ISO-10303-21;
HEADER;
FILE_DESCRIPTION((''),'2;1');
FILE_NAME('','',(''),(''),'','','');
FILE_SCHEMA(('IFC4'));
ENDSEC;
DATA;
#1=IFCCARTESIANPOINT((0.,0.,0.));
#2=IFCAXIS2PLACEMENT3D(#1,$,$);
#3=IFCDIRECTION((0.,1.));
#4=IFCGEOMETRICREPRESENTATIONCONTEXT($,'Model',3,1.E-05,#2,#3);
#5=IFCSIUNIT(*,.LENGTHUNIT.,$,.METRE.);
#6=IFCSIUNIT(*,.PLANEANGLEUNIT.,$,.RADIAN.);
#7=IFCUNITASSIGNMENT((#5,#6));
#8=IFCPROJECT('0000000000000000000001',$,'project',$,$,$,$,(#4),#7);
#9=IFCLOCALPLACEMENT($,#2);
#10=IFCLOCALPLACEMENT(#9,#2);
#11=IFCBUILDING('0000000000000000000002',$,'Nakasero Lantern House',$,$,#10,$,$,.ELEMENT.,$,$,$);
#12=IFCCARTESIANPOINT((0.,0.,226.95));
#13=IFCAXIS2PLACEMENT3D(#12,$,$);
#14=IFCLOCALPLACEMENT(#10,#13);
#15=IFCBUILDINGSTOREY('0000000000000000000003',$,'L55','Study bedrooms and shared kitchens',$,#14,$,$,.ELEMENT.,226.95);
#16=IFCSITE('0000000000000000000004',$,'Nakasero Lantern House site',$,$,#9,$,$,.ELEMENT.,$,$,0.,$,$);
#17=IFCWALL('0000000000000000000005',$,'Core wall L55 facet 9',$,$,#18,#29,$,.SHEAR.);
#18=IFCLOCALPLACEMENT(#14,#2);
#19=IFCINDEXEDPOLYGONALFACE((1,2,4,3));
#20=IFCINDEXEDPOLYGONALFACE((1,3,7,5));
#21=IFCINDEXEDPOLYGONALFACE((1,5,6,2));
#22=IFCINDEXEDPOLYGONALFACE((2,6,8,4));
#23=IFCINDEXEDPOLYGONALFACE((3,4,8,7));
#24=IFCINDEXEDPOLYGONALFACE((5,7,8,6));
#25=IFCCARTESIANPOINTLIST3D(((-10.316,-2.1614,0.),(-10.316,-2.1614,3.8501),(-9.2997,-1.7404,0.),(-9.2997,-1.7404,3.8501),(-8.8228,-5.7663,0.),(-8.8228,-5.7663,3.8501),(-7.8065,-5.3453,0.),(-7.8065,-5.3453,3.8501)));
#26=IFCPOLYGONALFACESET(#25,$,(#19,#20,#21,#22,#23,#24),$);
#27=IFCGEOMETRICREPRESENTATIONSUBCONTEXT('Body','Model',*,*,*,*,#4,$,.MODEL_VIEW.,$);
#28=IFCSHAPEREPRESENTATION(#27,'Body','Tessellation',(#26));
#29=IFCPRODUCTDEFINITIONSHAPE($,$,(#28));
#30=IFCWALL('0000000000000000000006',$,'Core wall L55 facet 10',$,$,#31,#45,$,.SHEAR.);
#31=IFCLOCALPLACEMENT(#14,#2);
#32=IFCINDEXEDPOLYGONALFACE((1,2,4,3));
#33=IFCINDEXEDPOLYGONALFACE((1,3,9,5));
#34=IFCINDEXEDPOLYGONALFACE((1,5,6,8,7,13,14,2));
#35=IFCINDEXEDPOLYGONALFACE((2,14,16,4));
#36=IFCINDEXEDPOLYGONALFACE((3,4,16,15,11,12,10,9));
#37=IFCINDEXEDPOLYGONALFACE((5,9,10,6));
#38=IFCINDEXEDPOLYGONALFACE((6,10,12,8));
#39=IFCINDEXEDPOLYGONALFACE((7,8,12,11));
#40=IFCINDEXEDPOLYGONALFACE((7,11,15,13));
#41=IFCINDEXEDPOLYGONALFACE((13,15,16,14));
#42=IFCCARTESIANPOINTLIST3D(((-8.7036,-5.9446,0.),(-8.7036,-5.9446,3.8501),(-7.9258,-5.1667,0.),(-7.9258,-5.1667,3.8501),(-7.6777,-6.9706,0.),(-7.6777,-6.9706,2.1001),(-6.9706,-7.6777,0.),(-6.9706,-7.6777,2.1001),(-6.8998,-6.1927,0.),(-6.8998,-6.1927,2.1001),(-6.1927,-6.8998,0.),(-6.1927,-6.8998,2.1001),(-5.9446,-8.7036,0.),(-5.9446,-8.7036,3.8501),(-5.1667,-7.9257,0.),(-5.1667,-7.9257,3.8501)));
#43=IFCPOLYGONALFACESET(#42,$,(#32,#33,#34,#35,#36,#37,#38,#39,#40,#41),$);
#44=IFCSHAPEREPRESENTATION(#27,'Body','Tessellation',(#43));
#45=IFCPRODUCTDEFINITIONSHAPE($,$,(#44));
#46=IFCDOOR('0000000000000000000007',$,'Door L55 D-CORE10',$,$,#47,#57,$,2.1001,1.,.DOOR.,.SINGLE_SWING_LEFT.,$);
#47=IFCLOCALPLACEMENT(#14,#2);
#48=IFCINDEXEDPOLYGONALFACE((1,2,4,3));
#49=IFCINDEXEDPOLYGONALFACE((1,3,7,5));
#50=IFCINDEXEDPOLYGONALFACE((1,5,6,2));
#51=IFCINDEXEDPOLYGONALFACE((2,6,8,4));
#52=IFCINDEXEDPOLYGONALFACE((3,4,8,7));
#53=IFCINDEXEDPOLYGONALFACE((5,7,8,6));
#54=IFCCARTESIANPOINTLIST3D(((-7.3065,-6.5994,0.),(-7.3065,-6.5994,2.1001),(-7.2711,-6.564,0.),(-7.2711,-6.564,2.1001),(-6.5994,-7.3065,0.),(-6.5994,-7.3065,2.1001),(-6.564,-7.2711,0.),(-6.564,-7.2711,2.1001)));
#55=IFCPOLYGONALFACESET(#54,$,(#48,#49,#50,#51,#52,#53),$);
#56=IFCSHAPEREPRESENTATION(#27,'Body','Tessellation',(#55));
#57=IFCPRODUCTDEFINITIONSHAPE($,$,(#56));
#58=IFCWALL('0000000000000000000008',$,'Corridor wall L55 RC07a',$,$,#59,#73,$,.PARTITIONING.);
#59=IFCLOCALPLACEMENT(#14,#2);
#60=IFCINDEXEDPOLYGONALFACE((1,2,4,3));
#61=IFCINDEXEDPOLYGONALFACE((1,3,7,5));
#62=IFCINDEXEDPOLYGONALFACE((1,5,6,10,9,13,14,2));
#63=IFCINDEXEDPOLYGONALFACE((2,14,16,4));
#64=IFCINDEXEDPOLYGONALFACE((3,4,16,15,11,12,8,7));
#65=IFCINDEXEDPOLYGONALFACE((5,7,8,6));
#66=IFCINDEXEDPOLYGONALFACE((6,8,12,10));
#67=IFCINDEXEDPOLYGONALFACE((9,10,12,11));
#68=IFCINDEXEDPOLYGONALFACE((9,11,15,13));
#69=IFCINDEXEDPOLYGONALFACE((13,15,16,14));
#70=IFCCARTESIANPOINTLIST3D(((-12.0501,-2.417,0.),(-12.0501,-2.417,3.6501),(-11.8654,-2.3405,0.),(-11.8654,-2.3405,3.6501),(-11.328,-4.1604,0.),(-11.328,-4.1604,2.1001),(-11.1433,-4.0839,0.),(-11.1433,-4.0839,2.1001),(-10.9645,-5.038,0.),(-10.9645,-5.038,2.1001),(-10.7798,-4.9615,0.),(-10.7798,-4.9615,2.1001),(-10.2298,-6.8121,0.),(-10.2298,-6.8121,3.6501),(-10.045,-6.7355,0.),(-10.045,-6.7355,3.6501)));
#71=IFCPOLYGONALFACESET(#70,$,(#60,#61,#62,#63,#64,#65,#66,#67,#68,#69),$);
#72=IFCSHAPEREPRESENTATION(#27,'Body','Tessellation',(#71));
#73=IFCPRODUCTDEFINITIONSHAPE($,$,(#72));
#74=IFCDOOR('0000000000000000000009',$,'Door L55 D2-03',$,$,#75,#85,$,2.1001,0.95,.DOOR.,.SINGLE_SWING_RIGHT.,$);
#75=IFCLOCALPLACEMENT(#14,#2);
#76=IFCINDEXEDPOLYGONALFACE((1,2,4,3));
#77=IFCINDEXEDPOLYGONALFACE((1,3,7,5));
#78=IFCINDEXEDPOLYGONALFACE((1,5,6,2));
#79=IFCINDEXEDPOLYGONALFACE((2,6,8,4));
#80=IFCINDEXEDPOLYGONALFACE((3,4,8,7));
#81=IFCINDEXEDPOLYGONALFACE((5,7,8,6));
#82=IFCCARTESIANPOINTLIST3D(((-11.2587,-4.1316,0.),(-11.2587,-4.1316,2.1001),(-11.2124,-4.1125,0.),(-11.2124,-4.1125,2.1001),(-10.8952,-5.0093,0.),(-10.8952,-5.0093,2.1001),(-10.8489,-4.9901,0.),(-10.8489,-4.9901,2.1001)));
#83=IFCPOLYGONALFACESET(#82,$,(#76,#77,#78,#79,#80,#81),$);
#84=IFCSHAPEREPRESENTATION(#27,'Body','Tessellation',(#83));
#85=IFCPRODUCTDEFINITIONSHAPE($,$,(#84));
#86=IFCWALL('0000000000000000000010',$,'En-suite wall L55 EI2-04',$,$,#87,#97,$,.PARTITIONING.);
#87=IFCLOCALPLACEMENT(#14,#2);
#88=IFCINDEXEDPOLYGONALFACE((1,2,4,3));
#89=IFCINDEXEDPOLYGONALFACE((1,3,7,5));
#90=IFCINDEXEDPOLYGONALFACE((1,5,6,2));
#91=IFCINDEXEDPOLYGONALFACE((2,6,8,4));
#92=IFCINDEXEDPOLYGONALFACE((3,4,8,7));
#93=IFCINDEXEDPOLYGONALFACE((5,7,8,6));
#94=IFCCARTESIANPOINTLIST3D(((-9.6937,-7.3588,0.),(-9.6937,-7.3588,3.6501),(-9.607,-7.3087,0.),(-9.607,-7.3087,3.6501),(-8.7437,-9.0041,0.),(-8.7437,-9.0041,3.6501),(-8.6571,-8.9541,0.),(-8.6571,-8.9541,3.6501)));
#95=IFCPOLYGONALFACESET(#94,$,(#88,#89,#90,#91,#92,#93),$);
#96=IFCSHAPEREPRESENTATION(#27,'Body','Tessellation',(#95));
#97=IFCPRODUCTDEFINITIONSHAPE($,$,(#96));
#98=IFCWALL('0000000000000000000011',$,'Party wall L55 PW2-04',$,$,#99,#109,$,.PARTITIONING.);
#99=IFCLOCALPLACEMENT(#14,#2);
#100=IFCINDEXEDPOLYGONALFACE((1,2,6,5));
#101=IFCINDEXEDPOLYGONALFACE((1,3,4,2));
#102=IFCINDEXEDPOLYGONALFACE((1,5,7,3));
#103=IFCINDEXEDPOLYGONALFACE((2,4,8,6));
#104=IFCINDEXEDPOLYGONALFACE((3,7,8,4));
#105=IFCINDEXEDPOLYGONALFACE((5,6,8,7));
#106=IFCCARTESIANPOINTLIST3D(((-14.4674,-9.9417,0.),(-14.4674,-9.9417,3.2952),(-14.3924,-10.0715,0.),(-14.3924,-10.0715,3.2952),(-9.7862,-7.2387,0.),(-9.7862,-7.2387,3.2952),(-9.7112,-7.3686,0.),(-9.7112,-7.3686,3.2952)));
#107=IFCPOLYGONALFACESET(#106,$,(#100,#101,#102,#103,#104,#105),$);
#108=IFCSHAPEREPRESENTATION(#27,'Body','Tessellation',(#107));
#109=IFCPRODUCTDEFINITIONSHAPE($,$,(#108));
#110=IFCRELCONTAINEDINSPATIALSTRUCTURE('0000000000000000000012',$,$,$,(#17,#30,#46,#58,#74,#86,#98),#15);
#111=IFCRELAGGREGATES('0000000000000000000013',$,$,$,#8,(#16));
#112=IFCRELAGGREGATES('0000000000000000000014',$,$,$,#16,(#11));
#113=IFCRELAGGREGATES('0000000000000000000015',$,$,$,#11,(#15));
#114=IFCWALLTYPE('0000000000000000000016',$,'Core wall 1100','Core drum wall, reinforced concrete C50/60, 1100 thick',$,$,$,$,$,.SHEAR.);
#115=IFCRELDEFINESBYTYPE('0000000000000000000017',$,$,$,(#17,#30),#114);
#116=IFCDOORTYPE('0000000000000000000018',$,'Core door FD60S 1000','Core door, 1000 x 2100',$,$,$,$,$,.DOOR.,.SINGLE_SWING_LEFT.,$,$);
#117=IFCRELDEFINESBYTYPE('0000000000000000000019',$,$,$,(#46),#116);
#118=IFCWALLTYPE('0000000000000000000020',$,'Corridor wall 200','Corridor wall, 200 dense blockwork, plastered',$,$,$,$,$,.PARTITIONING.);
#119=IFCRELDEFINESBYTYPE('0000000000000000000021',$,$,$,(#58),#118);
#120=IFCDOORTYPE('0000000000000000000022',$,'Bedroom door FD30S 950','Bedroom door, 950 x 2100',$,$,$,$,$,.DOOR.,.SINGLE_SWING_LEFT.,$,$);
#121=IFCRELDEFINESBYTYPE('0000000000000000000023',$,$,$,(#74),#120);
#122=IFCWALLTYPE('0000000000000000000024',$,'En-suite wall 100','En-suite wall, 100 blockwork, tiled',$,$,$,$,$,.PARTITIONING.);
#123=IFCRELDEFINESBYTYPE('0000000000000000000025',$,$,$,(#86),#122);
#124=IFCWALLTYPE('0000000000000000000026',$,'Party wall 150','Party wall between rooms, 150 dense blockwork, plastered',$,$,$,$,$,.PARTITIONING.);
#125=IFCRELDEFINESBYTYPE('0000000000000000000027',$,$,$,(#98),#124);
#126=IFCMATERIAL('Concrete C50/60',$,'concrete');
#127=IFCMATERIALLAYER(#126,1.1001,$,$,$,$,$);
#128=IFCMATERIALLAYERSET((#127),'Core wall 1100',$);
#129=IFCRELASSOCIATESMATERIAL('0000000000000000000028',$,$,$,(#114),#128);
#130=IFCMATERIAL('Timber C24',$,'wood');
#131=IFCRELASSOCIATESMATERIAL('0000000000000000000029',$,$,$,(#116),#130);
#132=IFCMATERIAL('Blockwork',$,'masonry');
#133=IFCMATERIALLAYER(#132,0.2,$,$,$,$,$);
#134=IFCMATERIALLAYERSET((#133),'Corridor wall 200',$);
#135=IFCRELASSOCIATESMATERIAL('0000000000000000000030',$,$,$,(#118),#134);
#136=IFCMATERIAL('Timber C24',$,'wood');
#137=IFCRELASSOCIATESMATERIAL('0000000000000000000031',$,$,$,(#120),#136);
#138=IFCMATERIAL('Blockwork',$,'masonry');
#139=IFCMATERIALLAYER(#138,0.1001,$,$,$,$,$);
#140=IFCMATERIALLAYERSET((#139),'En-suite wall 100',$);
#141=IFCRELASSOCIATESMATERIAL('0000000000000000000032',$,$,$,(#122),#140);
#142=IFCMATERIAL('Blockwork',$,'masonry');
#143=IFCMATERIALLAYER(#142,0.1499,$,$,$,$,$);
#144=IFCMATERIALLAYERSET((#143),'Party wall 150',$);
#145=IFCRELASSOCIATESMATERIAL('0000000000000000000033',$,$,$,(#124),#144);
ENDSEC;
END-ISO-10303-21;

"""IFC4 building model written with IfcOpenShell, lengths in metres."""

from ifc_helpers import new_model, si_unit, direction, frame, frame_2d, origin, place, context, subcontext, project, spatial, rectangle, extrude, material, layer, layer_set, type_object, element, fill, save


model = new_model("IFC4")

# Units and contexts
model_context = context("Model", 3, precision=1e-05, world=origin(), true_north=direction((0.0, 1.0)))
body_context = subcontext(model_context, "Body", "Model", "MODEL_VIEW")
ifc_project = project(units=[si_unit("LENGTHUNIT", "METRE"), si_unit("PLANEANGLEUNIT", "RADIAN")], contexts=[model_context])

# Site, building, storey
site_placement = place(None, origin())
site = spatial("IfcSite", under=ifc_project, at=site_placement, Name="Nakasero Lantern House site", CompositionType="ELEMENT", RefElevation=0.0)
building_placement = place(site_placement, origin())
building = spatial("IfcBuilding", under=site, at=building_placement, Name="Nakasero Lantern House", CompositionType="ELEMENT")
storey_placement = place(building_placement, frame((0.0, 0.0, 226.95)))
storey = spatial("IfcBuildingStorey", under=building, at=storey_placement, Name="L55", Description="Study bedrooms and shared kitchens", CompositionType="ELEMENT", Elevation=226.95)

# Wall
ifc_material_1 = material(Name="Concrete C50/60", Category="concrete")
ifc_layer_1 = layer(ifc_material_1, 1.1001)
ifc_layer_set_1 = layer_set([ifc_layer_1], Name="Core wall 1100")
wall_type_1 = type_object("IfcWallType", Name="Core wall 1100", Description="Core drum wall, reinforced concrete C50/60, 1100 thick", PredefinedType="SHEAR", material=ifc_layer_set_1)
wall_1_placement = place(storey_placement, frame((-9.8079, -1.9509, 0.0), z_axis=(0.0, 0.0, 1.0), x_axis=(0.382691, -0.923877, 0.0)))
element("IfcWall", 1, at=wall_1_placement, inside=storey, type_object=wall_type_1, Name="Core wall L55 facet 9", PredefinedType="SHEAR", context=body_context, shape_type="SweptSolid", body=[
    extrude(rectangle(XDim=3.9019, YDim=1.1001, at=frame_2d((1.9509, 0.0))), origin(), (0.0, 0.0, 1.0), 3.8501),
])

# Walls, openings, doors
wall_2_placement = place(storey_placement, frame((-8.3147, -5.5557, 0.0), z_axis=(0.0, 0.0, 1.0), x_axis=(0.707107, -0.707107, 0.0)))
wall_2 = element("IfcWall", 2, at=wall_2_placement, inside=storey, type_object=wall_type_1, Name="Core wall L55 facet 10", PredefinedType="SHEAR", context=body_context, shape_type="SweptSolid", body=[
    extrude(rectangle(XDim=3.9019, YDim=1.1001, at=frame_2d((1.9509, 0.0))), origin(), (0.0, 0.0, 1.0), 3.8501),
])
opening_1_placement = place(wall_2_placement, frame((1.4509, 0.0, 0.0)))
opening_1 = element("IfcOpeningElement", 3, at=opening_1_placement, cuts=wall_2, PredefinedType="OPENING", context=body_context, shape_type="SweptSolid", body=[
    extrude(rectangle(XDim=1.0, YDim=2.1001, at=frame_2d((0.5, 1.05))), frame((0.0, 0.5701, 0.0), z_axis=(0.0, -1.0, 0.0), x_axis=(1.0, 0.0, 0.0)), (0.0, 0.0, 1.0), 1.1401),
])
ifc_material_2 = material(Name="Timber C24", Category="wood")
door_type_1 = type_object("IfcDoorType", Name="Core door FD60S 1000", Description="Core door, 1000 x 2100", OperationType="SINGLE_SWING_LEFT", PredefinedType="DOOR", material=ifc_material_2)
door_1_placement = place(opening_1_placement, origin())
door_1 = element("IfcDoor", 4, at=door_1_placement, inside=storey, type_object=door_type_1, Name="Door L55 D-CORE10", OperationType="SINGLE_SWING_LEFT", OverallHeight=2.1001, OverallWidth=1.0, PredefinedType="DOOR", context=body_context, shape_type="SweptSolid", body=[
    extrude(rectangle(XDim=1.0, YDim=2.1001, at=frame_2d((0.5, 1.05))), frame((0.0, 0.0249, 0.0), z_axis=(0.0, -1.0, 0.0), x_axis=(1.0, 0.0, 0.0)), (0.0, 0.0, 1.0), 0.05),
])
fill(opening_1, door_1)
ifc_material_3 = material(Name="Blockwork", Category="masonry")
ifc_layer_2 = layer(ifc_material_3, 0.2)
ifc_layer_set_2 = layer_set([ifc_layer_2], Name="Corridor wall 200")
wall_type_2 = type_object("IfcWallType", Name="Corridor wall 200", Description="Corridor wall, 200 dense blockwork, plastered", PredefinedType="PARTITIONING", material=ifc_layer_set_2)
wall_3_placement = place(storey_placement, frame((-10.1375, -6.7737, 0.0), z_axis=(0.0, 0.0, 1.0), x_axis=(-0.382654, 0.923892, 0.0)))
wall_3 = element("IfcWall", 5, at=wall_3_placement, inside=storey, type_object=wall_type_2, Name="Corridor wall L55 RC07a", PredefinedType="PARTITIONING", context=body_context, shape_type="SweptSolid", body=[
    extrude(rectangle(XDim=4.7571, YDim=0.2, at=frame_2d((2.3784, 0.0))), origin(), (0.0, 0.0, 1.0), 3.6501),
])
opening_2_placement = place(wall_3_placement, frame((1.9199, 0.0, 0.0)))
opening_2 = element("IfcOpeningElement", 6, at=opening_2_placement, cuts=wall_3, PredefinedType="OPENING", context=body_context, shape_type="SweptSolid", body=[
    extrude(rectangle(XDim=0.95, YDim=2.1001, at=frame_2d((0.4751, 1.05))), frame((0.0, 0.1199, 0.0), z_axis=(0.0, -1.0, 0.0), x_axis=(1.0, 0.0, 0.0)), (0.0, 0.0, 1.0), 0.24),
])
ifc_material_4 = material(Name="Timber C24", Category="wood")
door_type_2 = type_object("IfcDoorType", Name="Bedroom door FD30S 950", Description="Bedroom door, 950 x 2100", OperationType="SINGLE_SWING_LEFT", PredefinedType="DOOR", material=ifc_material_4)
door_2_placement = place(opening_2_placement, origin())
door_2 = element("IfcDoor", 7, at=door_2_placement, inside=storey, type_object=door_type_2, Name="Door L55 D2-03", OperationType="SINGLE_SWING_RIGHT", OverallHeight=2.1001, OverallWidth=0.95, PredefinedType="DOOR", context=body_context, shape_type="SweptSolid", body=[
    extrude(rectangle(XDim=0.95, YDim=2.1001, at=frame_2d((0.4751, 1.05))), frame((0.0, 0.0249, 0.0), z_axis=(0.0, -1.0, 0.0), x_axis=(1.0, 0.0, 0.0)), (0.0, 0.0, 1.0), 0.05),
])
fill(opening_2, door_2)

# Walls
ifc_material_5 = material(Name="Blockwork", Category="masonry")
ifc_layer_3 = layer(ifc_material_5, 0.1001)
ifc_layer_set_3 = layer_set([ifc_layer_3], Name="En-suite wall 100")
wall_type_3 = type_object("IfcWallType", Name="En-suite wall 100", Description="En-suite wall, 100 blockwork, tiled", PredefinedType="PARTITIONING", material=ifc_layer_set_3)
wall_4_placement = place(storey_placement, frame((-9.6504, -7.3337, 0.0), z_axis=(0.0, 0.0, 1.0), x_axis=(0.500023, -0.866012, 0.0)))
element("IfcWall", 8, at=wall_4_placement, inside=storey, type_object=wall_type_3, Name="En-suite wall L55 EI2-04", PredefinedType="PARTITIONING", context=body_context, shape_type="SweptSolid", body=[
    extrude(rectangle(XDim=1.8999, YDim=0.1001, at=frame_2d((0.95, 0.0))), origin(), (0.0, 0.0, 1.0), 3.6501),
])
ifc_material_6 = material(Name="Blockwork", Category="masonry")
ifc_layer_4 = layer(ifc_material_6, 0.1499)
ifc_layer_set_4 = layer_set([ifc_layer_4], Name="Party wall 150")
wall_type_4 = type_object("IfcWallType", Name="Party wall 150", Description="Party wall between rooms, 150 dense blockwork, plastered", PredefinedType="PARTITIONING", material=ifc_layer_set_4)
wall_5_placement = place(storey_placement, frame((-9.7488, -7.3037, 0.0), z_axis=(0.0, 0.0, 1.0), x_axis=(-0.866008, -0.50003, 0.0)))
element("IfcWall", 9, at=wall_5_placement, inside=storey, type_object=wall_type_4, Name="Party wall L55 PW2-04", PredefinedType="PARTITIONING", context=body_context, shape_type="SweptSolid", body=[
    extrude(rectangle(XDim=5.4055, YDim=0.1499, at=frame_2d((2.7026, 0.0))), origin(), (0.0, 0.0, 1.0), 3.2952),
])

save(model, "model.ifc")
